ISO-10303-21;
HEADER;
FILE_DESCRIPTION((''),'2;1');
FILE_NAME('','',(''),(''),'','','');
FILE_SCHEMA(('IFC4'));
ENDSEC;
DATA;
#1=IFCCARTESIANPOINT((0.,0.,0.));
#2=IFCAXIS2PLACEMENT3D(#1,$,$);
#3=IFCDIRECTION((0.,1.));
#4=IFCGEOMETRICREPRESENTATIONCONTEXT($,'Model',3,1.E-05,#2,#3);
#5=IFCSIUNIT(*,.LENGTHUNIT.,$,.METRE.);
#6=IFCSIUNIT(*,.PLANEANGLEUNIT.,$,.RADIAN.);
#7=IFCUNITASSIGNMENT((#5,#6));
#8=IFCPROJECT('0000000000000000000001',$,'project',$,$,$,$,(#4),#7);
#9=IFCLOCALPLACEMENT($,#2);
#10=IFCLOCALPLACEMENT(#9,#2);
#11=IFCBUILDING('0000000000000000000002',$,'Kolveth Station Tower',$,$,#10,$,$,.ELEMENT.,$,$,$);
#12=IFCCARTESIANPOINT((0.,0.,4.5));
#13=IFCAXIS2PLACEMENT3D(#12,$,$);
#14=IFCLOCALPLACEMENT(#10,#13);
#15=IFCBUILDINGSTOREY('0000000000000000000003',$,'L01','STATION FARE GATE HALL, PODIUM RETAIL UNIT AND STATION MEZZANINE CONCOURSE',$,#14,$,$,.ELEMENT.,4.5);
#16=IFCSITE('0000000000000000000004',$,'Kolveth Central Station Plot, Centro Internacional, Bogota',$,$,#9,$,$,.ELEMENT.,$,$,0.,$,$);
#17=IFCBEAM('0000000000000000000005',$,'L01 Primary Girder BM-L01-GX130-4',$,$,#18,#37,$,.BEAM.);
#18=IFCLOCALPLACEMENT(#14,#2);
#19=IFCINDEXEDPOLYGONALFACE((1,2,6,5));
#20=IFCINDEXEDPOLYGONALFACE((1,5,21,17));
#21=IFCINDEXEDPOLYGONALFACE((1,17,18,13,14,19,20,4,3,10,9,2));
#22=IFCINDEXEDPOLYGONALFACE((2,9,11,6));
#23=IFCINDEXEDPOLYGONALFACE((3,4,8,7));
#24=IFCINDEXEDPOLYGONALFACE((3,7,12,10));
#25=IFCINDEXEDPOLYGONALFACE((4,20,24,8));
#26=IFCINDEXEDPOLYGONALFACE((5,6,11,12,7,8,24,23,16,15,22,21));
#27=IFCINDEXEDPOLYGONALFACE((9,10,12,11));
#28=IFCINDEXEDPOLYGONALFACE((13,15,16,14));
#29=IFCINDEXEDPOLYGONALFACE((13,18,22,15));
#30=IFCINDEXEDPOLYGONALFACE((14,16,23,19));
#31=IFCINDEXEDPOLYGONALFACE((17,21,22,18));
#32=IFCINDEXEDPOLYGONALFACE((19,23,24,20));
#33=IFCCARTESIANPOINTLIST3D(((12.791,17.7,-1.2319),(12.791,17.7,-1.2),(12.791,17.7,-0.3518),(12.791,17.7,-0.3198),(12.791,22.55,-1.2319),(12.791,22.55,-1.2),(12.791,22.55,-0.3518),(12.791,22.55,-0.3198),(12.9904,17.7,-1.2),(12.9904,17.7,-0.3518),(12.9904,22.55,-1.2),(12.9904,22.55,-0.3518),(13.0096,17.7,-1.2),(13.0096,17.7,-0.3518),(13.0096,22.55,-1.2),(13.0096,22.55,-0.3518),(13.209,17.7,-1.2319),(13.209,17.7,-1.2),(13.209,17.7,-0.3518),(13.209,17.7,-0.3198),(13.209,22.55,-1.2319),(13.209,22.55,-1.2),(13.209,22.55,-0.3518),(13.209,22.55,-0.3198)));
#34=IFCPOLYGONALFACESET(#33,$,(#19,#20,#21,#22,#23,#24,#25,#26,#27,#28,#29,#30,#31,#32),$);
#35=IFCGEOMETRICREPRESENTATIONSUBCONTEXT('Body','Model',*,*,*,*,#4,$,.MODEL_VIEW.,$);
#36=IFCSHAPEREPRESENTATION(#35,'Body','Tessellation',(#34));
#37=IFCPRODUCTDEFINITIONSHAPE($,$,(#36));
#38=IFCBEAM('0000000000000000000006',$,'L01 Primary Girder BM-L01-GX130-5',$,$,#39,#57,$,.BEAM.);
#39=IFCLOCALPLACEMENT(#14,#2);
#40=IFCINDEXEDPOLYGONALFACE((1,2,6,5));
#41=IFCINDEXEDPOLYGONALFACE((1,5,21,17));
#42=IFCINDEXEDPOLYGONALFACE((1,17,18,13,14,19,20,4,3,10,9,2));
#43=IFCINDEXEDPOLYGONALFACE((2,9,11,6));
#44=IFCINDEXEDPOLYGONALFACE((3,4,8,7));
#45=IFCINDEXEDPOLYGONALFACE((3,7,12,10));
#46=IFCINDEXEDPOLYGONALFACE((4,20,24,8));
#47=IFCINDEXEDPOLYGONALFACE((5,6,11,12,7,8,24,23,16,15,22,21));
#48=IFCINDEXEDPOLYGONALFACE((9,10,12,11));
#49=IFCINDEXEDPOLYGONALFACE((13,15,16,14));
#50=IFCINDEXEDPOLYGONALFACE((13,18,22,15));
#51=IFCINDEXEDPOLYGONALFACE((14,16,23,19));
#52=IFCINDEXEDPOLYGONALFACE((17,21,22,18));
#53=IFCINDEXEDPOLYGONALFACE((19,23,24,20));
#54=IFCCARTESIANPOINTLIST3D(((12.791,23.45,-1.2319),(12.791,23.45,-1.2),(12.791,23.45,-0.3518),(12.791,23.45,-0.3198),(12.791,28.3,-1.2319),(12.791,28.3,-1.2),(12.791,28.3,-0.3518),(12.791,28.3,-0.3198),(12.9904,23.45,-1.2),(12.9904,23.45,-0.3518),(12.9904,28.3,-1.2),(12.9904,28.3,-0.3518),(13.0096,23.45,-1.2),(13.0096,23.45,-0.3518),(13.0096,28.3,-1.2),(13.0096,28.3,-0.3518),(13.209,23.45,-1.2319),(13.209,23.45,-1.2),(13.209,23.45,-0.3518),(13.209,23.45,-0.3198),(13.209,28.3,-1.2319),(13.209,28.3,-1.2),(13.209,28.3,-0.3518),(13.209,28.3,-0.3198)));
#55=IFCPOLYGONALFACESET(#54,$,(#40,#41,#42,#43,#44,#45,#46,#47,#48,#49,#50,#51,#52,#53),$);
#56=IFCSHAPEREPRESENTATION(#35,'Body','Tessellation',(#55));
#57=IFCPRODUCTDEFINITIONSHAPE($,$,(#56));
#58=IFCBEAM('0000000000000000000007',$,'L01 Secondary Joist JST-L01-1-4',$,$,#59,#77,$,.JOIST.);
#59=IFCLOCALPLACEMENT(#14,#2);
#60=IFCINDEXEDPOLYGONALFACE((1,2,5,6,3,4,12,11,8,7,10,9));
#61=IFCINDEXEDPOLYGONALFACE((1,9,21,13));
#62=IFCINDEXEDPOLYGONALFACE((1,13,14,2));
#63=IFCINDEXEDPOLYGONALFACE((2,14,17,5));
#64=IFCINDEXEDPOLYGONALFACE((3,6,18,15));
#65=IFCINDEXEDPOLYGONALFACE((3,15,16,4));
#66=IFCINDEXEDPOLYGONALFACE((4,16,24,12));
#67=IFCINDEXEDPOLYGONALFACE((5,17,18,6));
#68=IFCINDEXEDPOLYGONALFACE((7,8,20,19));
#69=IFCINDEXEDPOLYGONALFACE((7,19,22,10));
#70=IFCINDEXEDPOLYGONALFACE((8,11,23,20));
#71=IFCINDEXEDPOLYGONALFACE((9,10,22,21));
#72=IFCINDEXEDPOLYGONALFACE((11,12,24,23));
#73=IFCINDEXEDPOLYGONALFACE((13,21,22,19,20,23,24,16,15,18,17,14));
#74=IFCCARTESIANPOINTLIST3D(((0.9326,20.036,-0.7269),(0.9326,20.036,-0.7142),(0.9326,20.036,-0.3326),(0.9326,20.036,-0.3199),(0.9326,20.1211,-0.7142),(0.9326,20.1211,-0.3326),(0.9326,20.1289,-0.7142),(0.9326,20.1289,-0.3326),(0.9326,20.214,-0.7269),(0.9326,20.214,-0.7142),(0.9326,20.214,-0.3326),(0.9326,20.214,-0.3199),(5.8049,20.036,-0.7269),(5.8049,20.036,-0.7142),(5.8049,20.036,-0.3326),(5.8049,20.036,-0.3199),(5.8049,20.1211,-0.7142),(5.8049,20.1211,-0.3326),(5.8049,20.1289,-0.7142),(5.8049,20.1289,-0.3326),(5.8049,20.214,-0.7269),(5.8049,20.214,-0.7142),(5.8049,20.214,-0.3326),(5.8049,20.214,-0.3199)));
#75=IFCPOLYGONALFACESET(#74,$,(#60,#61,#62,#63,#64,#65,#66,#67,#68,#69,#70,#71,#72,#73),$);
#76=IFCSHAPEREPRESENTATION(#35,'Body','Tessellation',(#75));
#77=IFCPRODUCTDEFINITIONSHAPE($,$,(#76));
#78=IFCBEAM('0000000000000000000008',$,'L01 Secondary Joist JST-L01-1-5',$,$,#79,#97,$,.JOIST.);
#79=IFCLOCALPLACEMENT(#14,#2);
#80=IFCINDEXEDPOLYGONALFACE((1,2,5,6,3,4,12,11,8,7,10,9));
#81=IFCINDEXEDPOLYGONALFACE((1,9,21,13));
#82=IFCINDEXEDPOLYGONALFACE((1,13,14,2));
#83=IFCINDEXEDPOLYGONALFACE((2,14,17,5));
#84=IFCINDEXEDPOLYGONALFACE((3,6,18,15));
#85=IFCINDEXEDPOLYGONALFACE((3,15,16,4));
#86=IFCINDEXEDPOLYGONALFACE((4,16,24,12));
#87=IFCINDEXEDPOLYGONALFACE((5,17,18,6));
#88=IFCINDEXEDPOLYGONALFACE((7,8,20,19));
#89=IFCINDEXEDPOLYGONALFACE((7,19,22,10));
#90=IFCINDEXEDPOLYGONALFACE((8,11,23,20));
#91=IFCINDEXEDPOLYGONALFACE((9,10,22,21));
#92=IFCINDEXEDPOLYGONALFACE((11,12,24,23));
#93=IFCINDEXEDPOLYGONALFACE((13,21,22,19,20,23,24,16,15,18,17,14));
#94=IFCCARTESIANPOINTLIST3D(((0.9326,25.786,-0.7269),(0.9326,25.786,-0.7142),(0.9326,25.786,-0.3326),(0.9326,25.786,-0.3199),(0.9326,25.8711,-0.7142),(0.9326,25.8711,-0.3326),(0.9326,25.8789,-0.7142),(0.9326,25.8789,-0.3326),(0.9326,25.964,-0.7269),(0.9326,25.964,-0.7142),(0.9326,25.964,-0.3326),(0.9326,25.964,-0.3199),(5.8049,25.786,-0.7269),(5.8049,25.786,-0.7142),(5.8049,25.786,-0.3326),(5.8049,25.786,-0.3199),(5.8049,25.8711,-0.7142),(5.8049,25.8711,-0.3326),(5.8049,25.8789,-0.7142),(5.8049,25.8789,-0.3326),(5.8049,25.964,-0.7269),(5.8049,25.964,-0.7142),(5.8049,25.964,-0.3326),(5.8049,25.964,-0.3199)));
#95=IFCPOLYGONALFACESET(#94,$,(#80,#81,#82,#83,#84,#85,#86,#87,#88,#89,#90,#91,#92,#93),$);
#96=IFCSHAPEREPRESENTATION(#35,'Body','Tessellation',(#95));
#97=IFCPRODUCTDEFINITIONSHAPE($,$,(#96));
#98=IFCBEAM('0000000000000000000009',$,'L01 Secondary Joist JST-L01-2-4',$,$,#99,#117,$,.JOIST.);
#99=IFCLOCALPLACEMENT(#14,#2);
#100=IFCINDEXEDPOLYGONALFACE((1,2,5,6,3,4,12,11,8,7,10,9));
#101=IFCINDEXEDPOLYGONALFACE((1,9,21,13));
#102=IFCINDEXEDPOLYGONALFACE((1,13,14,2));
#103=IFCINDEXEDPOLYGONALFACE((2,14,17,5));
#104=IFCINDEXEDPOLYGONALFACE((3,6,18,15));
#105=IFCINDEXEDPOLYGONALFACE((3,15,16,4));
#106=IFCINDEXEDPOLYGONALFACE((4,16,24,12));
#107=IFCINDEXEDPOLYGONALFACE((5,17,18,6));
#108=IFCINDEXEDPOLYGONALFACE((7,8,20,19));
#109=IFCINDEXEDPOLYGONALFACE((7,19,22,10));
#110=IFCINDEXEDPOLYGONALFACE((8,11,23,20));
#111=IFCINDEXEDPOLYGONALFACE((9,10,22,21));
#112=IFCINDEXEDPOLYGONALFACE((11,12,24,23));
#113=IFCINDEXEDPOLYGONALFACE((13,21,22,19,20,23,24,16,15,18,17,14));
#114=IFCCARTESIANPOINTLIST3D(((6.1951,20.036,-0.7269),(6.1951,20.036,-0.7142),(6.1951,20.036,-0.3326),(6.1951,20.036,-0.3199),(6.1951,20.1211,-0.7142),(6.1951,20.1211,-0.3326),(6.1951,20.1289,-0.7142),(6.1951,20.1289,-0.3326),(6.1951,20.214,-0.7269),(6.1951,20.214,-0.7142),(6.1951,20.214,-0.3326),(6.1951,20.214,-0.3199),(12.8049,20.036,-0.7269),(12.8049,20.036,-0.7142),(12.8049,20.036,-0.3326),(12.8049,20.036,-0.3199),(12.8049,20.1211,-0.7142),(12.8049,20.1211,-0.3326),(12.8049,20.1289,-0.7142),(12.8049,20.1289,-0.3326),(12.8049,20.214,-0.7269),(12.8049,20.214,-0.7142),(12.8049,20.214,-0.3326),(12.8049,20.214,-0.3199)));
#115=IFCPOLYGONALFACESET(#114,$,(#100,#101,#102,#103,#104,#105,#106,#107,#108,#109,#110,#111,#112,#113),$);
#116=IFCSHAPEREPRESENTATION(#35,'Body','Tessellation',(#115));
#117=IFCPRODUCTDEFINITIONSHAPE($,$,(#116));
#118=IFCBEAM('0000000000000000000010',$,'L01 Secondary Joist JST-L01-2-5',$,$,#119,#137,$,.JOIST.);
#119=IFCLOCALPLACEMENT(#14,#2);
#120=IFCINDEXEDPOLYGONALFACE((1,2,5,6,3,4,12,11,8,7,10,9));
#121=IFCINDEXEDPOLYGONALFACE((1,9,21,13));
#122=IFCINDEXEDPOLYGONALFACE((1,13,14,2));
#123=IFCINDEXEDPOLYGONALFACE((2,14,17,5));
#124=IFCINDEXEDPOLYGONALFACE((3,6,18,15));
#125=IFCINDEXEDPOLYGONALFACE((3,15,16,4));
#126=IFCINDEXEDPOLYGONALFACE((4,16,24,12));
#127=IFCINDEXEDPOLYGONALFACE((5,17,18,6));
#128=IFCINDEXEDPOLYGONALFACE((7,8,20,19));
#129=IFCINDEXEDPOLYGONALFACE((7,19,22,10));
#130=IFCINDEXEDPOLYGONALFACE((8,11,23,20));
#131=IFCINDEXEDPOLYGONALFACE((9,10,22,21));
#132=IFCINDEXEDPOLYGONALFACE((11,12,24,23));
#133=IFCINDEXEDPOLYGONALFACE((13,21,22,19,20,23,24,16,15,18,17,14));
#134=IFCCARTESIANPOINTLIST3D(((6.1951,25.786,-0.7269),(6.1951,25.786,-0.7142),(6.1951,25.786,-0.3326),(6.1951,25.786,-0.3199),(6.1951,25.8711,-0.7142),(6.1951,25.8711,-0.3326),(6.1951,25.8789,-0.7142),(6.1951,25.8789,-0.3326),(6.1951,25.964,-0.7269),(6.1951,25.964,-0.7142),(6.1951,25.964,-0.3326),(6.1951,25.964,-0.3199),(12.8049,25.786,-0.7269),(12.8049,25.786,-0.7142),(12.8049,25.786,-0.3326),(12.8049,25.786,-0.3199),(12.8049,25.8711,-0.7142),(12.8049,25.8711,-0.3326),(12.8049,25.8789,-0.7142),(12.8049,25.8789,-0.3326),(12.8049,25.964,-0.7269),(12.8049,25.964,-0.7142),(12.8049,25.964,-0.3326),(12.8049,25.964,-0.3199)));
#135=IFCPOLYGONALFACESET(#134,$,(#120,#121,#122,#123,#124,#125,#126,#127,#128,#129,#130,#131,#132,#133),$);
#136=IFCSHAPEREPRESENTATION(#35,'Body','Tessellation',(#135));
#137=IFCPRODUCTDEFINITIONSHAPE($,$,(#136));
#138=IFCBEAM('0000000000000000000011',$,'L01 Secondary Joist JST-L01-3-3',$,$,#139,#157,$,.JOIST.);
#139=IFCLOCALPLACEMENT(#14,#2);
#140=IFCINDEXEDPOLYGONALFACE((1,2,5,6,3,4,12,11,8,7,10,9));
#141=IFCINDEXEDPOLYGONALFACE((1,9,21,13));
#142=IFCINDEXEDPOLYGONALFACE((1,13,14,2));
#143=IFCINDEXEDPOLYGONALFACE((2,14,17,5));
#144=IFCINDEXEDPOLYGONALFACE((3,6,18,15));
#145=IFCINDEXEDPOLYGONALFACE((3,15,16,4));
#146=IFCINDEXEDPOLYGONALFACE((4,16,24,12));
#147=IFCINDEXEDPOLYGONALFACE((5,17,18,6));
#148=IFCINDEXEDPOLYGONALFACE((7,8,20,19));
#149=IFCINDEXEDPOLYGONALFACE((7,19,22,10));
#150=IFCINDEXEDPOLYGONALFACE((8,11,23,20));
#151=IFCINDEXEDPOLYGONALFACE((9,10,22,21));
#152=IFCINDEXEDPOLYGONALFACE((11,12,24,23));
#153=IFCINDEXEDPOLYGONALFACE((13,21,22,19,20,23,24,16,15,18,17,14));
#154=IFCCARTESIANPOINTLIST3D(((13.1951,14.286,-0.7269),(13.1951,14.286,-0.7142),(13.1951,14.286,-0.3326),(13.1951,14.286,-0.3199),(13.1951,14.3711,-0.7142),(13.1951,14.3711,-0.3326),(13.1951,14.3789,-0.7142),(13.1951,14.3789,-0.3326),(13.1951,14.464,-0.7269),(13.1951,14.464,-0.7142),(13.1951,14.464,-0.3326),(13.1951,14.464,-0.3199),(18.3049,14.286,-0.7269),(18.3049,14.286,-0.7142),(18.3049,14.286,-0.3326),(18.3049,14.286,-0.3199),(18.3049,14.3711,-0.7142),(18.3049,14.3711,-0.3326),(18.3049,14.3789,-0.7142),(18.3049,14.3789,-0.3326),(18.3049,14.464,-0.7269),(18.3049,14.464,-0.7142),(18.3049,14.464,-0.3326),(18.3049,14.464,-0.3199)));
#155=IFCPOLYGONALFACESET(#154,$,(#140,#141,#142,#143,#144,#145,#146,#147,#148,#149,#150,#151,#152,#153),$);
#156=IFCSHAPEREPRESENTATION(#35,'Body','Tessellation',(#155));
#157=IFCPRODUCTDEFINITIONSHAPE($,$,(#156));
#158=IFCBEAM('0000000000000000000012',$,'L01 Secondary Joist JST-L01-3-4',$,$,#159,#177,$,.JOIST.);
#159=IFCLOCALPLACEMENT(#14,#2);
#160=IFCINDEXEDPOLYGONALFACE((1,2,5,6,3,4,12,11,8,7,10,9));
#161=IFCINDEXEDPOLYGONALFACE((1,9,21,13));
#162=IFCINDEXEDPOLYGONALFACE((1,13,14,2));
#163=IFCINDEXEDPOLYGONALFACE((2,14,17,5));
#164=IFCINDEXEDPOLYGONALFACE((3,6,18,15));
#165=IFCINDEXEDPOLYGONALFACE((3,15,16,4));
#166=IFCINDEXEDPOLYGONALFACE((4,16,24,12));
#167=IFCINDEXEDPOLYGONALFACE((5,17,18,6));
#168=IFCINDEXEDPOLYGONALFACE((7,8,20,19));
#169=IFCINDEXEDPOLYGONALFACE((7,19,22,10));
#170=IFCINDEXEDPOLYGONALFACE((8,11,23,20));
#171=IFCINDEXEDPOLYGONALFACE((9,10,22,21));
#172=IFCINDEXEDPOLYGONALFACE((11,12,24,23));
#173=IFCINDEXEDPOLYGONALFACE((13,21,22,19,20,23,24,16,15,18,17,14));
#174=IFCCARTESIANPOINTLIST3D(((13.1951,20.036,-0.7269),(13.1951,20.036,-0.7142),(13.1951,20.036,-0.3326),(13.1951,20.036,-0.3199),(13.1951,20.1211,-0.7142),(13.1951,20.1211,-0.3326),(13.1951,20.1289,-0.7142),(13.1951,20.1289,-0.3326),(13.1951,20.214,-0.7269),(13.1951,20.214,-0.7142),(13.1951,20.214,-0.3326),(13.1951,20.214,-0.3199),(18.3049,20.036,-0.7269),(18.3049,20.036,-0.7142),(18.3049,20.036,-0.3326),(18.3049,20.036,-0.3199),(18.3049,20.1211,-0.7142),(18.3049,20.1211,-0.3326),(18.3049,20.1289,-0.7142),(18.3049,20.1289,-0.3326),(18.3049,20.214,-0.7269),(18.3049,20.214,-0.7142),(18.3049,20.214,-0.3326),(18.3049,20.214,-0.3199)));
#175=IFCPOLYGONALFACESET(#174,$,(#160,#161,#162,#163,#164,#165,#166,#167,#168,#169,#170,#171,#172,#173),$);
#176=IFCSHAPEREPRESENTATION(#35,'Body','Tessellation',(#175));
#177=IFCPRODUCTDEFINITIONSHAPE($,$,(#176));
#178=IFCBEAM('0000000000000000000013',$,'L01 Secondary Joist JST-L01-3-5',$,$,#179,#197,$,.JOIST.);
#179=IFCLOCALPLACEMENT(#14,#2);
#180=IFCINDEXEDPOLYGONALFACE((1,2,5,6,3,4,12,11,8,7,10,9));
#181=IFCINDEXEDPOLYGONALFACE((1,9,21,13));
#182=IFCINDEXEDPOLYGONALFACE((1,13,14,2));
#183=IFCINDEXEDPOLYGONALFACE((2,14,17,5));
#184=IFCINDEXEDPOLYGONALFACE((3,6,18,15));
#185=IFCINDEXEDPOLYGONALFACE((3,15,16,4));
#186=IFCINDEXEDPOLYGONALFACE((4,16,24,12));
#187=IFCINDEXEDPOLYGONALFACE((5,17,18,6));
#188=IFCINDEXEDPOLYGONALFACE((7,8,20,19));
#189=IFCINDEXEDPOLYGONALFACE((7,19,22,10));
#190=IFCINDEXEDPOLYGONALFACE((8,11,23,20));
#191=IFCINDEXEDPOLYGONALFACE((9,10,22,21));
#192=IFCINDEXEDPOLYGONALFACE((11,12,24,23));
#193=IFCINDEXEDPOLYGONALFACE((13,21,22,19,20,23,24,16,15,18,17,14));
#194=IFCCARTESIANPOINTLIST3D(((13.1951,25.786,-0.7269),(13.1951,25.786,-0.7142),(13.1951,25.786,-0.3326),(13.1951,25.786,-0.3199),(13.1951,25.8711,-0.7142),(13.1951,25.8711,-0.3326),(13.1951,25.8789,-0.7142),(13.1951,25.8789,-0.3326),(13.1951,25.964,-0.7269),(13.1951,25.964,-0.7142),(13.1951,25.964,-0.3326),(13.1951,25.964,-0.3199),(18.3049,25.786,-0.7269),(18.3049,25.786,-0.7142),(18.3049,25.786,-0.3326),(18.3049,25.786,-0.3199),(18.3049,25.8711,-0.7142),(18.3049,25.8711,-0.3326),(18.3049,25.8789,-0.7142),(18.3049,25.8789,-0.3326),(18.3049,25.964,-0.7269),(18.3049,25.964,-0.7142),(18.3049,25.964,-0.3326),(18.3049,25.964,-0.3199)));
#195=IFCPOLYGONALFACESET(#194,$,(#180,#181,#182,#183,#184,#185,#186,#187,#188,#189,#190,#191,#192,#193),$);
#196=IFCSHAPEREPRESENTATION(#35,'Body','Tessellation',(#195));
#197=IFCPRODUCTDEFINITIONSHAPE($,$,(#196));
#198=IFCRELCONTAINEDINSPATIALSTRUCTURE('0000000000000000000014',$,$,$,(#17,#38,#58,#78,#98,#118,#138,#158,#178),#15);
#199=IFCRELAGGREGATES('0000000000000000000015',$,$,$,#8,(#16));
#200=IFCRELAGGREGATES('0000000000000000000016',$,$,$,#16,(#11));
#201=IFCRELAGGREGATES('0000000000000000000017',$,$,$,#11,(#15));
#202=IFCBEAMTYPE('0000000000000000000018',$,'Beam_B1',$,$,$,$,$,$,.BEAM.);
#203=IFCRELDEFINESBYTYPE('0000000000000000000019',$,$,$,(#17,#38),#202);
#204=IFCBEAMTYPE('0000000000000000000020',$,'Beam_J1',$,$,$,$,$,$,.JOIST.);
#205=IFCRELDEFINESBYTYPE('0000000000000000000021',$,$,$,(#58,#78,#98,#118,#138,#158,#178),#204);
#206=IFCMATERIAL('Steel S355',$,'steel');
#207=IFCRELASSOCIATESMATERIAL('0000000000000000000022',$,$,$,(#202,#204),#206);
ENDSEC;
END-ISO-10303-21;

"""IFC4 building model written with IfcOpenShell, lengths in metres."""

from ifc_helpers import new_model, si_unit, direction, frame, origin, origin_2d, place, context, subcontext, project, spatial, i_section, extrude, source, transform, mapped, material, material_profile, profile_set, type_object, element, save


model = new_model("IFC4")

# Units and contexts
model_context = context("Model", 3, precision=1e-05, world=origin(), true_north=direction((0.0, 1.0)))
body_context = subcontext(model_context, "Body", "Model", "MODEL_VIEW")
ifc_project = project(units=[si_unit("LENGTHUNIT", "METRE"), si_unit("PLANEANGLEUNIT", "RADIAN")], contexts=[model_context])

# Site, building, storey
site_placement = place(None, origin())
site = spatial("IfcSite", under=ifc_project, at=site_placement, Name="Kolveth Central Station Plot, Centro Internacional, Bogota", CompositionType="ELEMENT", RefElevation=0.0)
building_placement = place(site_placement, origin())
building = spatial("IfcBuilding", under=site, at=building_placement, Name="Kolveth Station Tower", CompositionType="ELEMENT")
storey_placement = place(building_placement, frame((0.0, 0.0, 4.5)))
storey = spatial("IfcBuildingStorey", under=building, at=storey_placement, Name="L01", Description="STATION FARE GATE HALL, PODIUM RETAIL UNIT AND STATION MEZZANINE CONCOURSE", CompositionType="ELEMENT", Elevation=4.5)

# Beams
ifc_material_1 = material(Name="Steel S355", Category="steel")
ifc_material_profile_1 = material_profile(ifc_material_1, i_section(OverallWidth=0.418, OverallDepth=0.9121, WebThickness=0.0193, FlangeThickness=0.032, at=origin_2d()), Name="W920x342")
ifc_profile_set_1 = profile_set([ifc_material_profile_1], Name="Steel S355")
beam_type_1 = type_object("IfcBeamType", Name="Beam_B1", PredefinedType="BEAM", material=ifc_profile_set_1)
shared_shape_1 = source(origin(), body_context, "Body", "SweptSolid", [
    extrude(i_section(OverallWidth=0.418, OverallDepth=0.9121, WebThickness=0.0193, FlangeThickness=0.032, at=origin_2d()), origin(), (0.0, 0.0, 1.0), 4.8501),
])
for number, where, z_axis, x_axis, name in (
    (1, (13.0, 17.7, -0.7759), (0.0, 1.0, 0.0), (-1.0, 0.0, 0.0), "L01 Primary Girder BM-L01-GX130-4"),
    (2, (13.0, 23.45, -0.7759), (0.0, 1.0, 0.0), (-1.0, 0.0, 0.0), "L01 Primary Girder BM-L01-GX130-5"),
):
    element("IfcBeam", number, at=place(storey_placement, frame(where, z_axis=z_axis, x_axis=x_axis)), inside=storey, type_object=beam_type_1, Name=name, PredefinedType="BEAM", context=body_context, shape_type="MappedRepresentation", body=[
        mapped(shared_shape_1, transform((0.0, 0.0, 0.0), x_axis=(1.0, 0.0, 0.0), y_axis=(0.0, 1.0, 0.0), z_axis=(0.0, 0.0, 1.0), scale=1.0)),
    ])
ifc_material_profile_2 = material_profile(ifc_material_1, i_section(OverallWidth=0.178, OverallDepth=0.407, WebThickness=0.0078, FlangeThickness=0.0127, at=origin_2d()), Name="W410x60")
ifc_profile_set_2 = profile_set([ifc_material_profile_2], Name="Steel S355")
beam_type_2 = type_object("IfcBeamType", Name="Beam_J1", PredefinedType="JOIST", material=ifc_profile_set_2)
shared_shape_2 = source(origin(), body_context, "Body", "SweptSolid", [
    extrude(i_section(OverallWidth=0.178, OverallDepth=0.407, WebThickness=0.0078, FlangeThickness=0.0127, at=origin_2d()), origin(), (0.0, 0.0, 1.0), 4.8723),
])
for number, where, z_axis, x_axis, name in (
    (3, (0.9326, 20.125, -0.5234), (1.0, 0.0, 0.0), (0.0, 1.0, 0.0), "L01 Secondary Joist JST-L01-1-4"),
    (4, (0.9326, 25.875, -0.5234), (1.0, 0.0, 0.0), (0.0, 1.0, 0.0), "L01 Secondary Joist JST-L01-1-5"),
):
    element("IfcBeam", number, at=place(storey_placement, frame(where, z_axis=z_axis, x_axis=x_axis)), inside=storey, type_object=beam_type_2, Name=name, PredefinedType="JOIST", context=body_context, shape_type="MappedRepresentation", body=[
        mapped(shared_shape_2, transform((0.0, 0.0, 0.0), x_axis=(1.0, 0.0, 0.0), y_axis=(0.0, 1.0, 0.0), z_axis=(0.0, 0.0, 1.0), scale=1.0)),
    ])
shared_shape_3 = source(origin(), body_context, "Body", "SweptSolid", [
    extrude(i_section(OverallWidth=0.178, OverallDepth=0.407, WebThickness=0.0078, FlangeThickness=0.0127, at=origin_2d()), origin(), (0.0, 0.0, 1.0), 6.6099),
])
for number, where, z_axis, x_axis, name in (
    (5, (6.1951, 20.125, -0.5234), (1.0, 0.0, 0.0), (0.0, 1.0, 0.0), "L01 Secondary Joist JST-L01-2-4"),
    (6, (6.1951, 25.875, -0.5234), (1.0, 0.0, 0.0), (0.0, 1.0, 0.0), "L01 Secondary Joist JST-L01-2-5"),
):
    element("IfcBeam", number, at=place(storey_placement, frame(where, z_axis=z_axis, x_axis=x_axis)), inside=storey, type_object=beam_type_2, Name=name, PredefinedType="JOIST", context=body_context, shape_type="MappedRepresentation", body=[
        mapped(shared_shape_3, transform((0.0, 0.0, 0.0), x_axis=(1.0, 0.0, 0.0), y_axis=(0.0, 1.0, 0.0), z_axis=(0.0, 0.0, 1.0), scale=1.0)),
    ])
shared_shape_4 = source(origin(), body_context, "Body", "SweptSolid", [
    extrude(i_section(OverallWidth=0.178, OverallDepth=0.407, WebThickness=0.0078, FlangeThickness=0.0127, at=origin_2d()), origin(), (0.0, 0.0, 1.0), 5.1099),
])
for number, where, z_axis, x_axis, name in (
    (7, (13.1951, 14.375, -0.5234), (1.0, 0.0, 0.0), (0.0, 1.0, 0.0), "L01 Secondary Joist JST-L01-3-3"),
    (8, (13.1951, 20.125, -0.5234), (1.0, 0.0, 0.0), (0.0, 1.0, 0.0), "L01 Secondary Joist JST-L01-3-4"),
    (9, (13.1951, 25.875, -0.5234), (1.0, 0.0, 0.0), (0.0, 1.0, 0.0), "L01 Secondary Joist JST-L01-3-5"),
):
    element("IfcBeam", number, at=place(storey_placement, frame(where, z_axis=z_axis, x_axis=x_axis)), inside=storey, type_object=beam_type_2, Name=name, PredefinedType="JOIST", context=body_context, shape_type="MappedRepresentation", body=[
        mapped(shared_shape_4, transform((0.0, 0.0, 0.0), x_axis=(1.0, 0.0, 0.0), y_axis=(0.0, 1.0, 0.0), z_axis=(0.0, 0.0, 1.0), scale=1.0)),
    ])

save(model, "model.ifc")
